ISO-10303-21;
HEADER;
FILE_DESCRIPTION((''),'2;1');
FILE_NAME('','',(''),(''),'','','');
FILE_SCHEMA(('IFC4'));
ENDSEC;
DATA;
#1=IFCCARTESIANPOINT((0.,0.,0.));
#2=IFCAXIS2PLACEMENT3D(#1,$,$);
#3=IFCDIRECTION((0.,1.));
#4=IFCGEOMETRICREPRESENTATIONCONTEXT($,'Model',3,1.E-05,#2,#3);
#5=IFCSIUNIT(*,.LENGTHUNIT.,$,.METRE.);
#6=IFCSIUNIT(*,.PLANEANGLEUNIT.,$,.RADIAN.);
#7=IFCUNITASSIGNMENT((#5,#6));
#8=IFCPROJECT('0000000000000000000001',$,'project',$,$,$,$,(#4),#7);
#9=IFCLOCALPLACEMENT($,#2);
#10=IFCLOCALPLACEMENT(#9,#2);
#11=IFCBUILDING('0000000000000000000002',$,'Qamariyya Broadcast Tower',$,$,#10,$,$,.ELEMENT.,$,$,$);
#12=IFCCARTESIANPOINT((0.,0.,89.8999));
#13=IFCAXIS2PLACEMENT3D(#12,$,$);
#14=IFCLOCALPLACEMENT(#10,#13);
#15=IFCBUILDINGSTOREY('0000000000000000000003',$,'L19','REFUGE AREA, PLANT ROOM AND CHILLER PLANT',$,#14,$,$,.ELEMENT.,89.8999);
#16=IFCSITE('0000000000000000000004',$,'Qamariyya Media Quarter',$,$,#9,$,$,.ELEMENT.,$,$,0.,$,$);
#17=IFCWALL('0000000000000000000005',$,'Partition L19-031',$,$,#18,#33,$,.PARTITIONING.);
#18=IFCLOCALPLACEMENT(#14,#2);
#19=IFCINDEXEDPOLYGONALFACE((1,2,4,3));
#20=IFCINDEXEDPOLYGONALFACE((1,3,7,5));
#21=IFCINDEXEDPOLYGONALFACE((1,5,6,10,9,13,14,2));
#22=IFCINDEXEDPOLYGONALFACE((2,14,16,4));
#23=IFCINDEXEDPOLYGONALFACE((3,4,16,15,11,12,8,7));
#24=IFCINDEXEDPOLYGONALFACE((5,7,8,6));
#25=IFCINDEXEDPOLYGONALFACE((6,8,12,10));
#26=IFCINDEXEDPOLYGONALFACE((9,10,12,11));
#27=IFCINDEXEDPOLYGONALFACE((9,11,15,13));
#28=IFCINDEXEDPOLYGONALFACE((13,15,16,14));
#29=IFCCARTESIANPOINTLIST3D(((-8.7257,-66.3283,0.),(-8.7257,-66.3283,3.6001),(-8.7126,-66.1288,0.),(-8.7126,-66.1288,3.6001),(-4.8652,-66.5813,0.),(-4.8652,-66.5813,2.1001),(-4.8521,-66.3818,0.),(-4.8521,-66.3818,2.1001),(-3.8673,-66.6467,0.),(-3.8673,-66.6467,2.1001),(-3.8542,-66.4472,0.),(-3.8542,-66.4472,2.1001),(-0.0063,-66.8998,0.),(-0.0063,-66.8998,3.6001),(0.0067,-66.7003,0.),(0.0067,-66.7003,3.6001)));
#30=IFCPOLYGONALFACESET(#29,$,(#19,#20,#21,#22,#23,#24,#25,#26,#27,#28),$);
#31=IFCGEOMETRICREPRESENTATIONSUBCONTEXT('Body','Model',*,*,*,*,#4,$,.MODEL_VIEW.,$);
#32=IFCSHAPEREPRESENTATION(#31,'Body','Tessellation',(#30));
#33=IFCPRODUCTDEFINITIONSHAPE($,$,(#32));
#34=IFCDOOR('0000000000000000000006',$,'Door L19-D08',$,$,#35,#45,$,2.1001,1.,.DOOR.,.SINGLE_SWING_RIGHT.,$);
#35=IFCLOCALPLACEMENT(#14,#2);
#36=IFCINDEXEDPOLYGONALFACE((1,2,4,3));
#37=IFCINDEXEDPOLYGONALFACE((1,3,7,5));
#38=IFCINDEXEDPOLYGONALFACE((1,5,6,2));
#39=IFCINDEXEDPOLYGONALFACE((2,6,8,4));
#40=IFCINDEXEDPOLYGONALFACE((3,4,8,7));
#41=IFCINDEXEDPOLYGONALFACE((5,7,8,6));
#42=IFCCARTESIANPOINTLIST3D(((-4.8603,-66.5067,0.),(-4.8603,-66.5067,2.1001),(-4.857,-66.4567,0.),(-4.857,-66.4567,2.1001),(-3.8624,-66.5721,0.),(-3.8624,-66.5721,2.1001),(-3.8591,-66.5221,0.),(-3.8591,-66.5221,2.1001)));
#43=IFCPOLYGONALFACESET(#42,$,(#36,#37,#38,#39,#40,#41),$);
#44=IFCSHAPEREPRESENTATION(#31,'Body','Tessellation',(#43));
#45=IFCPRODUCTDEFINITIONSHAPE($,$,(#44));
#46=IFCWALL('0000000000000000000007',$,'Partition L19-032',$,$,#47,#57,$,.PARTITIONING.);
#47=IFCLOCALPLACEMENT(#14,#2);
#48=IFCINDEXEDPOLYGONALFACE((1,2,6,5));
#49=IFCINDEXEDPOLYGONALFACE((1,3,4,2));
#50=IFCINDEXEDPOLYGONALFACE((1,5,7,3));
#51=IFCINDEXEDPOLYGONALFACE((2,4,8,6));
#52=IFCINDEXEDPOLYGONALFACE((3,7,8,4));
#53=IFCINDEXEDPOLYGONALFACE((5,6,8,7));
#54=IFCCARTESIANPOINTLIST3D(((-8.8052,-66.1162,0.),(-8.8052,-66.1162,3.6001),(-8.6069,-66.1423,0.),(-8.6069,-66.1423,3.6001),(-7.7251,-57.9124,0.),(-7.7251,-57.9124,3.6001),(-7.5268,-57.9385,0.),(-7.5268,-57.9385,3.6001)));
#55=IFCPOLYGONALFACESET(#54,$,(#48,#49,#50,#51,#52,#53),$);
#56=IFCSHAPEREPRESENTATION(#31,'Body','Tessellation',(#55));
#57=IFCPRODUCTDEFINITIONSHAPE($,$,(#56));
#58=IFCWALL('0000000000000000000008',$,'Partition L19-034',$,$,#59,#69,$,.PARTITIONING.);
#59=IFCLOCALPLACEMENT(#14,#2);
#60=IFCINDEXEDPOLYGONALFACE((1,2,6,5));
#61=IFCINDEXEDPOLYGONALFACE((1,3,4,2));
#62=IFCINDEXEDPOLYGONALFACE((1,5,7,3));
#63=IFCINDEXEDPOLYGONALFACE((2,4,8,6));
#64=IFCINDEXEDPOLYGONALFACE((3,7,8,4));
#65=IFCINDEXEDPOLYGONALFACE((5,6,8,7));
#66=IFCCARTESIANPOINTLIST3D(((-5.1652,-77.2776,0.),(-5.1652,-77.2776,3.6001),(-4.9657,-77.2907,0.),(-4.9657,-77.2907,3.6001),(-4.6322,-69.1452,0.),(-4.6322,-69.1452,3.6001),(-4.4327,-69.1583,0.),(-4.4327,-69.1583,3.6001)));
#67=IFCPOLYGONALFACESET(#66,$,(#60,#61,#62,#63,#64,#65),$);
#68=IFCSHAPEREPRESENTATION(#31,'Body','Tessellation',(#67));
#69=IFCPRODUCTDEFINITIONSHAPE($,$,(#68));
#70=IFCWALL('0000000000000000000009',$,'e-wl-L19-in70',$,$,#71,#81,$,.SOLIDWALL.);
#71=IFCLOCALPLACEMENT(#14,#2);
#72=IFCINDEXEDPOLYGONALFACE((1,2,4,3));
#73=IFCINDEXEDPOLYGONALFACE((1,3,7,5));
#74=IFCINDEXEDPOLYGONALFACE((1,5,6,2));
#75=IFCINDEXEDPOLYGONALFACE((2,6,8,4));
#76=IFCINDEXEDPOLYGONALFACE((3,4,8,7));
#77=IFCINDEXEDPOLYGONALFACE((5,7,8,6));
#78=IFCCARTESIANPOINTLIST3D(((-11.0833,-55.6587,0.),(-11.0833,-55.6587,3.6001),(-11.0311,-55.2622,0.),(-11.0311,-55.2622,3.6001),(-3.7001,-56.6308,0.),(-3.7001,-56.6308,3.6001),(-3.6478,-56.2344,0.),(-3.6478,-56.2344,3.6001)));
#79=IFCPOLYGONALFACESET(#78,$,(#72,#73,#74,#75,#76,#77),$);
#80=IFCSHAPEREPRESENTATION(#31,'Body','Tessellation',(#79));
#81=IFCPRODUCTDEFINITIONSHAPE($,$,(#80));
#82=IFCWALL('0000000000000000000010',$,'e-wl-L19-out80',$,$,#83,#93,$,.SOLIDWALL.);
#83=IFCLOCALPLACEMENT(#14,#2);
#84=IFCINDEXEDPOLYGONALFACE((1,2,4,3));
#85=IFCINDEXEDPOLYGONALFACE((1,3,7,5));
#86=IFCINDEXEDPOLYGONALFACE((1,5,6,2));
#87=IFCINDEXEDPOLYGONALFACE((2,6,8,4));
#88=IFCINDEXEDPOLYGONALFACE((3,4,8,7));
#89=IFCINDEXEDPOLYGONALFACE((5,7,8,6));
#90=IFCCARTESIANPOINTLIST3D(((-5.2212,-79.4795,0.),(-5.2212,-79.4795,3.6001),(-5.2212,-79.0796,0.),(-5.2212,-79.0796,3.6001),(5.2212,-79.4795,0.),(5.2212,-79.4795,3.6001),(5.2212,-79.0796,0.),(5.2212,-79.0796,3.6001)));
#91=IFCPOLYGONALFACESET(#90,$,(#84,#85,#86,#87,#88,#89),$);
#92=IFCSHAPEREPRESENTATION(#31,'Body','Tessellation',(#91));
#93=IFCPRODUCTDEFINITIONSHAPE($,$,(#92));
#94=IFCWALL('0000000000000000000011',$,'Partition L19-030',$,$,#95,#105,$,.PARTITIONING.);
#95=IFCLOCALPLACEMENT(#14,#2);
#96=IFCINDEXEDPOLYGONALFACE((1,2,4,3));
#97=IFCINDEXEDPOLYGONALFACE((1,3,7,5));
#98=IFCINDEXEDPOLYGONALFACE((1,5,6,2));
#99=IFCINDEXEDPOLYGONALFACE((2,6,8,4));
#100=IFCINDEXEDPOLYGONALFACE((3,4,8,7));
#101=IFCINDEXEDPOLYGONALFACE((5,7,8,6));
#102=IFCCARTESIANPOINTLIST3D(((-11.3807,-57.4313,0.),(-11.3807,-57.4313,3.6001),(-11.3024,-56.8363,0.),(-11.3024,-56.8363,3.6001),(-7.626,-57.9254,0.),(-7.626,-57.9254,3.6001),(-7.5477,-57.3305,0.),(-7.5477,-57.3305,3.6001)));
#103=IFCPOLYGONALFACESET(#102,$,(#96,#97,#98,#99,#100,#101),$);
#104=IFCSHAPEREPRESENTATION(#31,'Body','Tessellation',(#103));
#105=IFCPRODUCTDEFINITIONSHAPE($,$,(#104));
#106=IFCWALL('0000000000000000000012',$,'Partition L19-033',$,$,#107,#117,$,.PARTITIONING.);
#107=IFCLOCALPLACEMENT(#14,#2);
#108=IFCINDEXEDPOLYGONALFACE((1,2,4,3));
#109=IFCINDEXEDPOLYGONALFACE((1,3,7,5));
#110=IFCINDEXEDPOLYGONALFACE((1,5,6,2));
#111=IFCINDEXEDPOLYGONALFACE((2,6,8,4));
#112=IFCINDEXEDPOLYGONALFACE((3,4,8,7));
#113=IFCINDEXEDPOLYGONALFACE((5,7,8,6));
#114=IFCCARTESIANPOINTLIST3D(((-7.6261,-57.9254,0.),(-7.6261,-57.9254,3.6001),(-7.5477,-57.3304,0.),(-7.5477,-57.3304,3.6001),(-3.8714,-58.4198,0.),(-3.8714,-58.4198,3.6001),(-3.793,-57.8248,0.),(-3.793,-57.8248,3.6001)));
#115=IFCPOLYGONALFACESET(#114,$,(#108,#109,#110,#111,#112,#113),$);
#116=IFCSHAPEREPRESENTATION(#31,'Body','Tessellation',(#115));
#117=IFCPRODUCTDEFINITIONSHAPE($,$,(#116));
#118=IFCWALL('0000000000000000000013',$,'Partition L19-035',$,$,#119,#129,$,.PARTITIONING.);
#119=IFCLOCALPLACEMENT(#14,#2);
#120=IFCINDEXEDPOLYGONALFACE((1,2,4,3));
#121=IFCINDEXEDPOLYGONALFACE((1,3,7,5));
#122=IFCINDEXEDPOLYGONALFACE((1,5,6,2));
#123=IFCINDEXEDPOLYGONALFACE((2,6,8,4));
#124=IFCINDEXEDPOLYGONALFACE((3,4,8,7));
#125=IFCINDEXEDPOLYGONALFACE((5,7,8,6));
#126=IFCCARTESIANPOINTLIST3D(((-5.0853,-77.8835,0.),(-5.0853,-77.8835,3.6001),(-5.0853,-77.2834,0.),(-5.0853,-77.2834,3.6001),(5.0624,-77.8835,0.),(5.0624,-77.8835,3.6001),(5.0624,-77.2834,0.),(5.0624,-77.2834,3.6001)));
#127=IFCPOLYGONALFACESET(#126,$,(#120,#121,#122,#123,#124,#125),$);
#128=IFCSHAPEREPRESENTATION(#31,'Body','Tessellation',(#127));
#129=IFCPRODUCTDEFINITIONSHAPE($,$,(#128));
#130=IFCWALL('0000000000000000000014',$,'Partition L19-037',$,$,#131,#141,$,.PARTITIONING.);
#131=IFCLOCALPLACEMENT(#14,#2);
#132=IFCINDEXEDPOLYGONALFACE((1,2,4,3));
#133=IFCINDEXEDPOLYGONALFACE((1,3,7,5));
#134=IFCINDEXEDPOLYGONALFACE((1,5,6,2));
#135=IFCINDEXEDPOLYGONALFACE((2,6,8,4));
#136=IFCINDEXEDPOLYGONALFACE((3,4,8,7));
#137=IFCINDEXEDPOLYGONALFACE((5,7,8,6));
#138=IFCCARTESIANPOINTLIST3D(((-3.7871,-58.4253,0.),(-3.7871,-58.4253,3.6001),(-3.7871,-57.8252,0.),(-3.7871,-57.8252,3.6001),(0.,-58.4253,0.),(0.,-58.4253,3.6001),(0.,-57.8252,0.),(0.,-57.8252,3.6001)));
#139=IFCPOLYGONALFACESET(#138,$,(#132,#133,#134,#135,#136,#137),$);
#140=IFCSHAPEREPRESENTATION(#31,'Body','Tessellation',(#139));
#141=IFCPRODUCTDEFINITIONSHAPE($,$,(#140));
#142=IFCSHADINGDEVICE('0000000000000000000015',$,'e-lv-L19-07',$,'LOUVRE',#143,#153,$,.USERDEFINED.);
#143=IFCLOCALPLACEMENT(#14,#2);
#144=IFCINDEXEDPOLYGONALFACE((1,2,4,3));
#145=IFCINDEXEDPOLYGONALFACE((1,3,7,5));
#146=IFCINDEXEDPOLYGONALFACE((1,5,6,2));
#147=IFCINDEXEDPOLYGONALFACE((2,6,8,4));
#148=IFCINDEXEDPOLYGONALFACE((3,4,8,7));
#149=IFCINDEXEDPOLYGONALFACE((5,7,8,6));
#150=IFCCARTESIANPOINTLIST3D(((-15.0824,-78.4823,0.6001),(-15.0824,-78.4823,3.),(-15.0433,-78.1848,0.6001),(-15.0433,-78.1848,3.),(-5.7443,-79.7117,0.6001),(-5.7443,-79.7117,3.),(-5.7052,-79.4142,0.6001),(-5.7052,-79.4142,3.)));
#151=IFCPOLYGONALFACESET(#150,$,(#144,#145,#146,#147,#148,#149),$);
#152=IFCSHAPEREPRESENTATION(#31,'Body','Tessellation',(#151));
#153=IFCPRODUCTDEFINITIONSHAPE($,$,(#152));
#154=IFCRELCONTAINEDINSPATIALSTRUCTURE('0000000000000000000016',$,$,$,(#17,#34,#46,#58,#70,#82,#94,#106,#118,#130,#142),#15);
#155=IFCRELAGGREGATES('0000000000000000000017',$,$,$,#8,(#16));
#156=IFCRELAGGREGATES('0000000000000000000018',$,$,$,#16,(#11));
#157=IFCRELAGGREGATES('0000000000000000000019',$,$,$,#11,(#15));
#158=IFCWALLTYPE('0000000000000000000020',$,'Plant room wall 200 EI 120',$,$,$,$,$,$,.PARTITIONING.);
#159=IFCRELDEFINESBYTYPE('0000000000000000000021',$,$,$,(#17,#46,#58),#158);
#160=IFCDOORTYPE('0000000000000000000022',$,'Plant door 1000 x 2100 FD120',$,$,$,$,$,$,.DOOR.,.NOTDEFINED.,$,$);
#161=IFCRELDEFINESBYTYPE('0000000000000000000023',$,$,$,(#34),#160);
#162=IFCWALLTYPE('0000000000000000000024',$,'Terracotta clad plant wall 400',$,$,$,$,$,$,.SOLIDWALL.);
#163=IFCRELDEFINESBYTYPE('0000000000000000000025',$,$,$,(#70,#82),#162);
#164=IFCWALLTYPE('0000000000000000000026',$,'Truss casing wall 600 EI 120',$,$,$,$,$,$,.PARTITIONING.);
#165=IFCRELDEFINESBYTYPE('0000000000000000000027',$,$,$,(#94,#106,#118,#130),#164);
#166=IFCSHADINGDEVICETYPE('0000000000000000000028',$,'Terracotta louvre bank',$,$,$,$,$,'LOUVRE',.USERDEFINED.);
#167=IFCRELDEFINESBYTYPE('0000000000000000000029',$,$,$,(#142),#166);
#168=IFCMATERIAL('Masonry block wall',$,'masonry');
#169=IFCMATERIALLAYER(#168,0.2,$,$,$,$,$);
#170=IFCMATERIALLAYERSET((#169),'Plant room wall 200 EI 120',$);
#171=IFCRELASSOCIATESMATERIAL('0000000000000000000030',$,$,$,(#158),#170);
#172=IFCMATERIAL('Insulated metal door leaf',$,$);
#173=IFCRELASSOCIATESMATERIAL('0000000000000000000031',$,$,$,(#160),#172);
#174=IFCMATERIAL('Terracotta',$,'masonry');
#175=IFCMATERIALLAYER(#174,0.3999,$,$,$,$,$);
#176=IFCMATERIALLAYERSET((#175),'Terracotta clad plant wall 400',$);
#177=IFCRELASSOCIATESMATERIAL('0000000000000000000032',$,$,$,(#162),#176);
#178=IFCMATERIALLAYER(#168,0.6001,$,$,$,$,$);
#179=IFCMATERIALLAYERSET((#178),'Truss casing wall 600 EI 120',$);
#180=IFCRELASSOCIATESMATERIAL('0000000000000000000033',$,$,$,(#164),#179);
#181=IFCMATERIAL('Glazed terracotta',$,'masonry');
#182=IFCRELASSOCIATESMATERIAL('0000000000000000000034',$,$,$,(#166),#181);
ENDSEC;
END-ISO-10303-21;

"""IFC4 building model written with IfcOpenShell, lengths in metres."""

from ifc_helpers import new_model, si_unit, direction, frame, frame_2d, origin, origin_2d, place, context, subcontext, project, spatial, rectangle, extrude, material, layer, layer_set, type_object, element, fill, save


model = new_model("IFC4")

# Units and contexts
model_context = context("Model", 3, precision=1e-05, world=origin(), true_north=direction((0.0, 1.0)))
body_context = subcontext(model_context, "Body", "Model", "MODEL_VIEW")
ifc_project = project(units=[si_unit("LENGTHUNIT", "METRE"), si_unit("PLANEANGLEUNIT", "RADIAN")], contexts=[model_context])

# Site, building, storey
site_placement = place(None, origin())
site = spatial("IfcSite", under=ifc_project, at=site_placement, Name="Qamariyya Media Quarter", CompositionType="ELEMENT", RefElevation=0.0)
building_placement = place(site_placement, origin())
building = spatial("IfcBuilding", under=site, at=building_placement, Name="Qamariyya Broadcast Tower", CompositionType="ELEMENT")
storey_placement = place(building_placement, frame((0.0, 0.0, 89.8999)))
storey = spatial("IfcBuildingStorey", under=building, at=storey_placement, Name="L19", Description="REFUGE AREA, PLANT ROOM AND CHILLER PLANT", CompositionType="ELEMENT", Elevation=89.8999)

# Shared definitions
ifc_material_1 = material(Name="Masonry block wall", Category="masonry")
ifc_layer_1 = layer(ifc_material_1, 0.2)
ifc_layer_set_1 = layer_set([ifc_layer_1], Name="Plant room wall 200 EI 120")
wall_type_1 = type_object("IfcWallType", Name="Plant room wall 200 EI 120", PredefinedType="PARTITIONING", material=ifc_layer_set_1)
ifc_material_2 = material(Name="Insulated metal door leaf")

# Wall, opening, door
wall_1_placement = place(storey_placement, frame((-8.7192, -66.2285, 0.0), z_axis=(0.0, 0.0, 1.0), x_axis=(0.997859, -0.065408, 0.0)))
wall_1 = element("IfcWall", 1, at=wall_1_placement, inside=storey, type_object=wall_type_1, Name="Partition L19-031", PredefinedType="PARTITIONING", context=body_context, shape_type="SweptSolid", body=[
    extrude(rectangle(XDim=8.738, YDim=0.2, at=frame_2d((4.3691, 0.0))), origin(), (0.0, 0.0, 1.0), 3.6001),
])
opening_1_placement = place(wall_1_placement, frame((3.8689, 0.0, 0.0)))
opening_1 = element("IfcOpeningElement", 2, at=opening_1_placement, cuts=wall_1, PredefinedType="OPENING", context=body_context, shape_type="SweptSolid", body=[
    extrude(rectangle(XDim=1.0, YDim=2.1001, at=frame_2d((0.5, 1.05))), frame((0.0, 0.1099, 0.0), z_axis=(0.0, -1.0, 0.0), x_axis=(1.0, 0.0, 0.0)), (0.0, 0.0, 1.0), 0.22),
])
door_type_1 = type_object("IfcDoorType", Name="Plant door 1000 x 2100 FD120", OperationType="NOTDEFINED", PredefinedType="DOOR", material=ifc_material_2)
door_1_placement = place(opening_1_placement, origin())
door_1 = element("IfcDoor", 3, at=door_1_placement, inside=storey, type_object=door_type_1, Name="Door L19-D08", OperationType="SINGLE_SWING_RIGHT", OverallHeight=2.1001, OverallWidth=1.0, PredefinedType="DOOR", context=body_context, shape_type="SweptSolid", body=[
    extrude(rectangle(XDim=1.0, YDim=2.1001, at=frame_2d((0.5, 1.05))), frame((0.0, 0.0249, 0.0), z_axis=(0.0, -1.0, 0.0), x_axis=(1.0, 0.0, 0.0)), (0.0, 0.0, 1.0), 0.05),
])
fill(opening_1, door_1)

# Walls
wall_2_placement = place(storey_placement, frame((-7.626, -57.9255, 0.0), z_axis=(0.0, 0.0, 1.0), x_axis=(-0.130529, -0.991445, 0.0)))
element("IfcWall", 4, at=wall_2_placement, inside=storey, type_object=wall_type_1, Name="Partition L19-032", PredefinedType="PARTITIONING", context=body_context, shape_type="SweptSolid", body=[
    extrude(rectangle(XDim=8.2747, YDim=0.2, at=frame_2d((4.1372, 0.0))), origin(), (0.0, 0.0, 1.0), 3.6001),
])
wall_3_placement = place(storey_placement, frame((-5.0654, -77.2842, 0.0), z_axis=(0.0, 0.0, 1.0), x_axis=(0.065394, 0.99786, 0.0)))
element("IfcWall", 5, at=wall_3_placement, inside=storey, type_object=wall_type_1, Name="Partition L19-034", PredefinedType="PARTITIONING", context=body_context, shape_type="SweptSolid", body=[
    extrude(rectangle(XDim=8.1499, YDim=0.2, at=frame_2d((4.075, 0.0))), origin(), (0.0, 0.0, 1.0), 3.6001),
])
ifc_material_3 = material(Name="Terracotta", Category="masonry")
ifc_layer_2 = layer(ifc_material_3, 0.3999)
ifc_layer_set_2 = layer_set([ifc_layer_2], Name="Terracotta clad plant wall 400")
wall_type_2 = type_object("IfcWallType", Name="Terracotta clad plant wall 400", PredefinedType="SOLIDWALL", material=ifc_layer_set_2)
wall_4_placement = place(storey_placement, frame((-3.6738, -56.4326, 0.0), z_axis=(0.0, 0.0, 1.0), x_axis=(-0.991442, 0.130544, 0.0)))
element("IfcWall", 6, at=wall_4_placement, inside=storey, type_object=wall_type_2, Name="e-wl-L19-in70", PredefinedType="SOLIDWALL", context=body_context, shape_type="SweptSolid", body=[
    extrude(rectangle(XDim=7.447, YDim=0.3999, at=frame_2d((3.7236, 0.0))), origin(), (0.0, 0.0, 1.0), 3.6001),
])
wall_5_placement = place(storey_placement, frame((-5.2212, -79.2795, 0.0), z_axis=(0.0, 0.0, 1.0), x_axis=(1.0, 0.0, 0.0)))
element("IfcWall", 7, at=wall_5_placement, inside=storey, type_object=wall_type_2, Name="e-wl-L19-out80", PredefinedType="SOLIDWALL", context=body_context, shape_type="SweptSolid", body=[
    extrude(rectangle(XDim=10.4424, YDim=0.3999, at=frame_2d((5.2212, 0.0))), origin(), (0.0, 0.0, 1.0), 3.6001),
])
ifc_layer_3 = layer(ifc_material_1, 0.6001)
ifc_layer_set_3 = layer_set([ifc_layer_3], Name="Truss casing wall 600 EI 120")
wall_type_3 = type_object("IfcWallType", Name="Truss casing wall 600 EI 120", PredefinedType="PARTITIONING", material=ifc_layer_set_3)
for number, where, z_axis, x_axis, name in (
    (8, (-11.3416, -57.1338, 0.0), (0.0, 0.0, 1.0), (0.991451, -0.130483, 0.0), "Partition L19-030"),
    (9, (-7.5869, -57.6279, 0.0), (0.0, 0.0, 1.0), (0.991442, -0.130546, 0.0), "Partition L19-033"),
):
    element("IfcWall", number, at=place(storey_placement, frame(where, z_axis=z_axis, x_axis=x_axis)), inside=storey, type_object=wall_type_3, Name=name, PredefinedType="PARTITIONING", context=body_context, shape_type="SweptSolid", body=[
        extrude(rectangle(XDim=3.7871, YDim=0.6001, at=frame_2d((1.8936, 0.0))), origin(), (0.0, 0.0, 1.0), 3.6001),
    ])
wall_6_placement = place(storey_placement, frame((-5.0852, -77.5835, 0.0), z_axis=(0.0, 0.0, 1.0), x_axis=(1.0, 0.0, 0.0)))
element("IfcWall", 10, at=wall_6_placement, inside=storey, type_object=wall_type_3, Name="Partition L19-035", PredefinedType="PARTITIONING", context=body_context, shape_type="SweptSolid", body=[
    extrude(rectangle(XDim=10.1477, YDim=0.6001, at=frame_2d((5.0737, 0.0))), origin(), (0.0, 0.0, 1.0), 3.6001),
])
wall_7_placement = place(storey_placement, frame((-3.7871, -58.1252, 0.0), z_axis=(0.0, 0.0, 1.0), x_axis=(1.0, 0.0, 0.0)))
element("IfcWall", 11, at=wall_7_placement, inside=storey, type_object=wall_type_3, Name="Partition L19-037", PredefinedType="PARTITIONING", context=body_context, shape_type="SweptSolid", body=[
    extrude(rectangle(XDim=3.7871, YDim=0.6001, at=frame_2d((1.8936, 0.0))), origin(), (0.0, 0.0, 1.0), 3.6001),
])

# Shading device
ifc_material_4 = material(Name="Glazed terracotta", Category="masonry")
shading_device_type = type_object("IfcShadingDeviceType", Name="Terracotta louvre bank", ElementType="LOUVRE", PredefinedType="USERDEFINED", material=ifc_material_4)
shading_device_placement = place(storey_placement, frame((-10.3938, -78.9482, 0.6001), z_axis=(0.0, 0.0, 1.0), x_axis=(0.991445, -0.130526, 0.0)))
element("IfcShadingDevice", 12, at=shading_device_placement, inside=storey, type_object=shading_device_type, Name="e-lv-L19-07", ObjectType="LOUVRE", PredefinedType="USERDEFINED", context=body_context, shape_type="SweptSolid", body=[
    extrude(rectangle(XDim=9.4187, YDim=0.3, at=origin_2d()), origin(), (0.0, 0.0, 1.0), 2.3999),
])

save(model, "model.ifc")
